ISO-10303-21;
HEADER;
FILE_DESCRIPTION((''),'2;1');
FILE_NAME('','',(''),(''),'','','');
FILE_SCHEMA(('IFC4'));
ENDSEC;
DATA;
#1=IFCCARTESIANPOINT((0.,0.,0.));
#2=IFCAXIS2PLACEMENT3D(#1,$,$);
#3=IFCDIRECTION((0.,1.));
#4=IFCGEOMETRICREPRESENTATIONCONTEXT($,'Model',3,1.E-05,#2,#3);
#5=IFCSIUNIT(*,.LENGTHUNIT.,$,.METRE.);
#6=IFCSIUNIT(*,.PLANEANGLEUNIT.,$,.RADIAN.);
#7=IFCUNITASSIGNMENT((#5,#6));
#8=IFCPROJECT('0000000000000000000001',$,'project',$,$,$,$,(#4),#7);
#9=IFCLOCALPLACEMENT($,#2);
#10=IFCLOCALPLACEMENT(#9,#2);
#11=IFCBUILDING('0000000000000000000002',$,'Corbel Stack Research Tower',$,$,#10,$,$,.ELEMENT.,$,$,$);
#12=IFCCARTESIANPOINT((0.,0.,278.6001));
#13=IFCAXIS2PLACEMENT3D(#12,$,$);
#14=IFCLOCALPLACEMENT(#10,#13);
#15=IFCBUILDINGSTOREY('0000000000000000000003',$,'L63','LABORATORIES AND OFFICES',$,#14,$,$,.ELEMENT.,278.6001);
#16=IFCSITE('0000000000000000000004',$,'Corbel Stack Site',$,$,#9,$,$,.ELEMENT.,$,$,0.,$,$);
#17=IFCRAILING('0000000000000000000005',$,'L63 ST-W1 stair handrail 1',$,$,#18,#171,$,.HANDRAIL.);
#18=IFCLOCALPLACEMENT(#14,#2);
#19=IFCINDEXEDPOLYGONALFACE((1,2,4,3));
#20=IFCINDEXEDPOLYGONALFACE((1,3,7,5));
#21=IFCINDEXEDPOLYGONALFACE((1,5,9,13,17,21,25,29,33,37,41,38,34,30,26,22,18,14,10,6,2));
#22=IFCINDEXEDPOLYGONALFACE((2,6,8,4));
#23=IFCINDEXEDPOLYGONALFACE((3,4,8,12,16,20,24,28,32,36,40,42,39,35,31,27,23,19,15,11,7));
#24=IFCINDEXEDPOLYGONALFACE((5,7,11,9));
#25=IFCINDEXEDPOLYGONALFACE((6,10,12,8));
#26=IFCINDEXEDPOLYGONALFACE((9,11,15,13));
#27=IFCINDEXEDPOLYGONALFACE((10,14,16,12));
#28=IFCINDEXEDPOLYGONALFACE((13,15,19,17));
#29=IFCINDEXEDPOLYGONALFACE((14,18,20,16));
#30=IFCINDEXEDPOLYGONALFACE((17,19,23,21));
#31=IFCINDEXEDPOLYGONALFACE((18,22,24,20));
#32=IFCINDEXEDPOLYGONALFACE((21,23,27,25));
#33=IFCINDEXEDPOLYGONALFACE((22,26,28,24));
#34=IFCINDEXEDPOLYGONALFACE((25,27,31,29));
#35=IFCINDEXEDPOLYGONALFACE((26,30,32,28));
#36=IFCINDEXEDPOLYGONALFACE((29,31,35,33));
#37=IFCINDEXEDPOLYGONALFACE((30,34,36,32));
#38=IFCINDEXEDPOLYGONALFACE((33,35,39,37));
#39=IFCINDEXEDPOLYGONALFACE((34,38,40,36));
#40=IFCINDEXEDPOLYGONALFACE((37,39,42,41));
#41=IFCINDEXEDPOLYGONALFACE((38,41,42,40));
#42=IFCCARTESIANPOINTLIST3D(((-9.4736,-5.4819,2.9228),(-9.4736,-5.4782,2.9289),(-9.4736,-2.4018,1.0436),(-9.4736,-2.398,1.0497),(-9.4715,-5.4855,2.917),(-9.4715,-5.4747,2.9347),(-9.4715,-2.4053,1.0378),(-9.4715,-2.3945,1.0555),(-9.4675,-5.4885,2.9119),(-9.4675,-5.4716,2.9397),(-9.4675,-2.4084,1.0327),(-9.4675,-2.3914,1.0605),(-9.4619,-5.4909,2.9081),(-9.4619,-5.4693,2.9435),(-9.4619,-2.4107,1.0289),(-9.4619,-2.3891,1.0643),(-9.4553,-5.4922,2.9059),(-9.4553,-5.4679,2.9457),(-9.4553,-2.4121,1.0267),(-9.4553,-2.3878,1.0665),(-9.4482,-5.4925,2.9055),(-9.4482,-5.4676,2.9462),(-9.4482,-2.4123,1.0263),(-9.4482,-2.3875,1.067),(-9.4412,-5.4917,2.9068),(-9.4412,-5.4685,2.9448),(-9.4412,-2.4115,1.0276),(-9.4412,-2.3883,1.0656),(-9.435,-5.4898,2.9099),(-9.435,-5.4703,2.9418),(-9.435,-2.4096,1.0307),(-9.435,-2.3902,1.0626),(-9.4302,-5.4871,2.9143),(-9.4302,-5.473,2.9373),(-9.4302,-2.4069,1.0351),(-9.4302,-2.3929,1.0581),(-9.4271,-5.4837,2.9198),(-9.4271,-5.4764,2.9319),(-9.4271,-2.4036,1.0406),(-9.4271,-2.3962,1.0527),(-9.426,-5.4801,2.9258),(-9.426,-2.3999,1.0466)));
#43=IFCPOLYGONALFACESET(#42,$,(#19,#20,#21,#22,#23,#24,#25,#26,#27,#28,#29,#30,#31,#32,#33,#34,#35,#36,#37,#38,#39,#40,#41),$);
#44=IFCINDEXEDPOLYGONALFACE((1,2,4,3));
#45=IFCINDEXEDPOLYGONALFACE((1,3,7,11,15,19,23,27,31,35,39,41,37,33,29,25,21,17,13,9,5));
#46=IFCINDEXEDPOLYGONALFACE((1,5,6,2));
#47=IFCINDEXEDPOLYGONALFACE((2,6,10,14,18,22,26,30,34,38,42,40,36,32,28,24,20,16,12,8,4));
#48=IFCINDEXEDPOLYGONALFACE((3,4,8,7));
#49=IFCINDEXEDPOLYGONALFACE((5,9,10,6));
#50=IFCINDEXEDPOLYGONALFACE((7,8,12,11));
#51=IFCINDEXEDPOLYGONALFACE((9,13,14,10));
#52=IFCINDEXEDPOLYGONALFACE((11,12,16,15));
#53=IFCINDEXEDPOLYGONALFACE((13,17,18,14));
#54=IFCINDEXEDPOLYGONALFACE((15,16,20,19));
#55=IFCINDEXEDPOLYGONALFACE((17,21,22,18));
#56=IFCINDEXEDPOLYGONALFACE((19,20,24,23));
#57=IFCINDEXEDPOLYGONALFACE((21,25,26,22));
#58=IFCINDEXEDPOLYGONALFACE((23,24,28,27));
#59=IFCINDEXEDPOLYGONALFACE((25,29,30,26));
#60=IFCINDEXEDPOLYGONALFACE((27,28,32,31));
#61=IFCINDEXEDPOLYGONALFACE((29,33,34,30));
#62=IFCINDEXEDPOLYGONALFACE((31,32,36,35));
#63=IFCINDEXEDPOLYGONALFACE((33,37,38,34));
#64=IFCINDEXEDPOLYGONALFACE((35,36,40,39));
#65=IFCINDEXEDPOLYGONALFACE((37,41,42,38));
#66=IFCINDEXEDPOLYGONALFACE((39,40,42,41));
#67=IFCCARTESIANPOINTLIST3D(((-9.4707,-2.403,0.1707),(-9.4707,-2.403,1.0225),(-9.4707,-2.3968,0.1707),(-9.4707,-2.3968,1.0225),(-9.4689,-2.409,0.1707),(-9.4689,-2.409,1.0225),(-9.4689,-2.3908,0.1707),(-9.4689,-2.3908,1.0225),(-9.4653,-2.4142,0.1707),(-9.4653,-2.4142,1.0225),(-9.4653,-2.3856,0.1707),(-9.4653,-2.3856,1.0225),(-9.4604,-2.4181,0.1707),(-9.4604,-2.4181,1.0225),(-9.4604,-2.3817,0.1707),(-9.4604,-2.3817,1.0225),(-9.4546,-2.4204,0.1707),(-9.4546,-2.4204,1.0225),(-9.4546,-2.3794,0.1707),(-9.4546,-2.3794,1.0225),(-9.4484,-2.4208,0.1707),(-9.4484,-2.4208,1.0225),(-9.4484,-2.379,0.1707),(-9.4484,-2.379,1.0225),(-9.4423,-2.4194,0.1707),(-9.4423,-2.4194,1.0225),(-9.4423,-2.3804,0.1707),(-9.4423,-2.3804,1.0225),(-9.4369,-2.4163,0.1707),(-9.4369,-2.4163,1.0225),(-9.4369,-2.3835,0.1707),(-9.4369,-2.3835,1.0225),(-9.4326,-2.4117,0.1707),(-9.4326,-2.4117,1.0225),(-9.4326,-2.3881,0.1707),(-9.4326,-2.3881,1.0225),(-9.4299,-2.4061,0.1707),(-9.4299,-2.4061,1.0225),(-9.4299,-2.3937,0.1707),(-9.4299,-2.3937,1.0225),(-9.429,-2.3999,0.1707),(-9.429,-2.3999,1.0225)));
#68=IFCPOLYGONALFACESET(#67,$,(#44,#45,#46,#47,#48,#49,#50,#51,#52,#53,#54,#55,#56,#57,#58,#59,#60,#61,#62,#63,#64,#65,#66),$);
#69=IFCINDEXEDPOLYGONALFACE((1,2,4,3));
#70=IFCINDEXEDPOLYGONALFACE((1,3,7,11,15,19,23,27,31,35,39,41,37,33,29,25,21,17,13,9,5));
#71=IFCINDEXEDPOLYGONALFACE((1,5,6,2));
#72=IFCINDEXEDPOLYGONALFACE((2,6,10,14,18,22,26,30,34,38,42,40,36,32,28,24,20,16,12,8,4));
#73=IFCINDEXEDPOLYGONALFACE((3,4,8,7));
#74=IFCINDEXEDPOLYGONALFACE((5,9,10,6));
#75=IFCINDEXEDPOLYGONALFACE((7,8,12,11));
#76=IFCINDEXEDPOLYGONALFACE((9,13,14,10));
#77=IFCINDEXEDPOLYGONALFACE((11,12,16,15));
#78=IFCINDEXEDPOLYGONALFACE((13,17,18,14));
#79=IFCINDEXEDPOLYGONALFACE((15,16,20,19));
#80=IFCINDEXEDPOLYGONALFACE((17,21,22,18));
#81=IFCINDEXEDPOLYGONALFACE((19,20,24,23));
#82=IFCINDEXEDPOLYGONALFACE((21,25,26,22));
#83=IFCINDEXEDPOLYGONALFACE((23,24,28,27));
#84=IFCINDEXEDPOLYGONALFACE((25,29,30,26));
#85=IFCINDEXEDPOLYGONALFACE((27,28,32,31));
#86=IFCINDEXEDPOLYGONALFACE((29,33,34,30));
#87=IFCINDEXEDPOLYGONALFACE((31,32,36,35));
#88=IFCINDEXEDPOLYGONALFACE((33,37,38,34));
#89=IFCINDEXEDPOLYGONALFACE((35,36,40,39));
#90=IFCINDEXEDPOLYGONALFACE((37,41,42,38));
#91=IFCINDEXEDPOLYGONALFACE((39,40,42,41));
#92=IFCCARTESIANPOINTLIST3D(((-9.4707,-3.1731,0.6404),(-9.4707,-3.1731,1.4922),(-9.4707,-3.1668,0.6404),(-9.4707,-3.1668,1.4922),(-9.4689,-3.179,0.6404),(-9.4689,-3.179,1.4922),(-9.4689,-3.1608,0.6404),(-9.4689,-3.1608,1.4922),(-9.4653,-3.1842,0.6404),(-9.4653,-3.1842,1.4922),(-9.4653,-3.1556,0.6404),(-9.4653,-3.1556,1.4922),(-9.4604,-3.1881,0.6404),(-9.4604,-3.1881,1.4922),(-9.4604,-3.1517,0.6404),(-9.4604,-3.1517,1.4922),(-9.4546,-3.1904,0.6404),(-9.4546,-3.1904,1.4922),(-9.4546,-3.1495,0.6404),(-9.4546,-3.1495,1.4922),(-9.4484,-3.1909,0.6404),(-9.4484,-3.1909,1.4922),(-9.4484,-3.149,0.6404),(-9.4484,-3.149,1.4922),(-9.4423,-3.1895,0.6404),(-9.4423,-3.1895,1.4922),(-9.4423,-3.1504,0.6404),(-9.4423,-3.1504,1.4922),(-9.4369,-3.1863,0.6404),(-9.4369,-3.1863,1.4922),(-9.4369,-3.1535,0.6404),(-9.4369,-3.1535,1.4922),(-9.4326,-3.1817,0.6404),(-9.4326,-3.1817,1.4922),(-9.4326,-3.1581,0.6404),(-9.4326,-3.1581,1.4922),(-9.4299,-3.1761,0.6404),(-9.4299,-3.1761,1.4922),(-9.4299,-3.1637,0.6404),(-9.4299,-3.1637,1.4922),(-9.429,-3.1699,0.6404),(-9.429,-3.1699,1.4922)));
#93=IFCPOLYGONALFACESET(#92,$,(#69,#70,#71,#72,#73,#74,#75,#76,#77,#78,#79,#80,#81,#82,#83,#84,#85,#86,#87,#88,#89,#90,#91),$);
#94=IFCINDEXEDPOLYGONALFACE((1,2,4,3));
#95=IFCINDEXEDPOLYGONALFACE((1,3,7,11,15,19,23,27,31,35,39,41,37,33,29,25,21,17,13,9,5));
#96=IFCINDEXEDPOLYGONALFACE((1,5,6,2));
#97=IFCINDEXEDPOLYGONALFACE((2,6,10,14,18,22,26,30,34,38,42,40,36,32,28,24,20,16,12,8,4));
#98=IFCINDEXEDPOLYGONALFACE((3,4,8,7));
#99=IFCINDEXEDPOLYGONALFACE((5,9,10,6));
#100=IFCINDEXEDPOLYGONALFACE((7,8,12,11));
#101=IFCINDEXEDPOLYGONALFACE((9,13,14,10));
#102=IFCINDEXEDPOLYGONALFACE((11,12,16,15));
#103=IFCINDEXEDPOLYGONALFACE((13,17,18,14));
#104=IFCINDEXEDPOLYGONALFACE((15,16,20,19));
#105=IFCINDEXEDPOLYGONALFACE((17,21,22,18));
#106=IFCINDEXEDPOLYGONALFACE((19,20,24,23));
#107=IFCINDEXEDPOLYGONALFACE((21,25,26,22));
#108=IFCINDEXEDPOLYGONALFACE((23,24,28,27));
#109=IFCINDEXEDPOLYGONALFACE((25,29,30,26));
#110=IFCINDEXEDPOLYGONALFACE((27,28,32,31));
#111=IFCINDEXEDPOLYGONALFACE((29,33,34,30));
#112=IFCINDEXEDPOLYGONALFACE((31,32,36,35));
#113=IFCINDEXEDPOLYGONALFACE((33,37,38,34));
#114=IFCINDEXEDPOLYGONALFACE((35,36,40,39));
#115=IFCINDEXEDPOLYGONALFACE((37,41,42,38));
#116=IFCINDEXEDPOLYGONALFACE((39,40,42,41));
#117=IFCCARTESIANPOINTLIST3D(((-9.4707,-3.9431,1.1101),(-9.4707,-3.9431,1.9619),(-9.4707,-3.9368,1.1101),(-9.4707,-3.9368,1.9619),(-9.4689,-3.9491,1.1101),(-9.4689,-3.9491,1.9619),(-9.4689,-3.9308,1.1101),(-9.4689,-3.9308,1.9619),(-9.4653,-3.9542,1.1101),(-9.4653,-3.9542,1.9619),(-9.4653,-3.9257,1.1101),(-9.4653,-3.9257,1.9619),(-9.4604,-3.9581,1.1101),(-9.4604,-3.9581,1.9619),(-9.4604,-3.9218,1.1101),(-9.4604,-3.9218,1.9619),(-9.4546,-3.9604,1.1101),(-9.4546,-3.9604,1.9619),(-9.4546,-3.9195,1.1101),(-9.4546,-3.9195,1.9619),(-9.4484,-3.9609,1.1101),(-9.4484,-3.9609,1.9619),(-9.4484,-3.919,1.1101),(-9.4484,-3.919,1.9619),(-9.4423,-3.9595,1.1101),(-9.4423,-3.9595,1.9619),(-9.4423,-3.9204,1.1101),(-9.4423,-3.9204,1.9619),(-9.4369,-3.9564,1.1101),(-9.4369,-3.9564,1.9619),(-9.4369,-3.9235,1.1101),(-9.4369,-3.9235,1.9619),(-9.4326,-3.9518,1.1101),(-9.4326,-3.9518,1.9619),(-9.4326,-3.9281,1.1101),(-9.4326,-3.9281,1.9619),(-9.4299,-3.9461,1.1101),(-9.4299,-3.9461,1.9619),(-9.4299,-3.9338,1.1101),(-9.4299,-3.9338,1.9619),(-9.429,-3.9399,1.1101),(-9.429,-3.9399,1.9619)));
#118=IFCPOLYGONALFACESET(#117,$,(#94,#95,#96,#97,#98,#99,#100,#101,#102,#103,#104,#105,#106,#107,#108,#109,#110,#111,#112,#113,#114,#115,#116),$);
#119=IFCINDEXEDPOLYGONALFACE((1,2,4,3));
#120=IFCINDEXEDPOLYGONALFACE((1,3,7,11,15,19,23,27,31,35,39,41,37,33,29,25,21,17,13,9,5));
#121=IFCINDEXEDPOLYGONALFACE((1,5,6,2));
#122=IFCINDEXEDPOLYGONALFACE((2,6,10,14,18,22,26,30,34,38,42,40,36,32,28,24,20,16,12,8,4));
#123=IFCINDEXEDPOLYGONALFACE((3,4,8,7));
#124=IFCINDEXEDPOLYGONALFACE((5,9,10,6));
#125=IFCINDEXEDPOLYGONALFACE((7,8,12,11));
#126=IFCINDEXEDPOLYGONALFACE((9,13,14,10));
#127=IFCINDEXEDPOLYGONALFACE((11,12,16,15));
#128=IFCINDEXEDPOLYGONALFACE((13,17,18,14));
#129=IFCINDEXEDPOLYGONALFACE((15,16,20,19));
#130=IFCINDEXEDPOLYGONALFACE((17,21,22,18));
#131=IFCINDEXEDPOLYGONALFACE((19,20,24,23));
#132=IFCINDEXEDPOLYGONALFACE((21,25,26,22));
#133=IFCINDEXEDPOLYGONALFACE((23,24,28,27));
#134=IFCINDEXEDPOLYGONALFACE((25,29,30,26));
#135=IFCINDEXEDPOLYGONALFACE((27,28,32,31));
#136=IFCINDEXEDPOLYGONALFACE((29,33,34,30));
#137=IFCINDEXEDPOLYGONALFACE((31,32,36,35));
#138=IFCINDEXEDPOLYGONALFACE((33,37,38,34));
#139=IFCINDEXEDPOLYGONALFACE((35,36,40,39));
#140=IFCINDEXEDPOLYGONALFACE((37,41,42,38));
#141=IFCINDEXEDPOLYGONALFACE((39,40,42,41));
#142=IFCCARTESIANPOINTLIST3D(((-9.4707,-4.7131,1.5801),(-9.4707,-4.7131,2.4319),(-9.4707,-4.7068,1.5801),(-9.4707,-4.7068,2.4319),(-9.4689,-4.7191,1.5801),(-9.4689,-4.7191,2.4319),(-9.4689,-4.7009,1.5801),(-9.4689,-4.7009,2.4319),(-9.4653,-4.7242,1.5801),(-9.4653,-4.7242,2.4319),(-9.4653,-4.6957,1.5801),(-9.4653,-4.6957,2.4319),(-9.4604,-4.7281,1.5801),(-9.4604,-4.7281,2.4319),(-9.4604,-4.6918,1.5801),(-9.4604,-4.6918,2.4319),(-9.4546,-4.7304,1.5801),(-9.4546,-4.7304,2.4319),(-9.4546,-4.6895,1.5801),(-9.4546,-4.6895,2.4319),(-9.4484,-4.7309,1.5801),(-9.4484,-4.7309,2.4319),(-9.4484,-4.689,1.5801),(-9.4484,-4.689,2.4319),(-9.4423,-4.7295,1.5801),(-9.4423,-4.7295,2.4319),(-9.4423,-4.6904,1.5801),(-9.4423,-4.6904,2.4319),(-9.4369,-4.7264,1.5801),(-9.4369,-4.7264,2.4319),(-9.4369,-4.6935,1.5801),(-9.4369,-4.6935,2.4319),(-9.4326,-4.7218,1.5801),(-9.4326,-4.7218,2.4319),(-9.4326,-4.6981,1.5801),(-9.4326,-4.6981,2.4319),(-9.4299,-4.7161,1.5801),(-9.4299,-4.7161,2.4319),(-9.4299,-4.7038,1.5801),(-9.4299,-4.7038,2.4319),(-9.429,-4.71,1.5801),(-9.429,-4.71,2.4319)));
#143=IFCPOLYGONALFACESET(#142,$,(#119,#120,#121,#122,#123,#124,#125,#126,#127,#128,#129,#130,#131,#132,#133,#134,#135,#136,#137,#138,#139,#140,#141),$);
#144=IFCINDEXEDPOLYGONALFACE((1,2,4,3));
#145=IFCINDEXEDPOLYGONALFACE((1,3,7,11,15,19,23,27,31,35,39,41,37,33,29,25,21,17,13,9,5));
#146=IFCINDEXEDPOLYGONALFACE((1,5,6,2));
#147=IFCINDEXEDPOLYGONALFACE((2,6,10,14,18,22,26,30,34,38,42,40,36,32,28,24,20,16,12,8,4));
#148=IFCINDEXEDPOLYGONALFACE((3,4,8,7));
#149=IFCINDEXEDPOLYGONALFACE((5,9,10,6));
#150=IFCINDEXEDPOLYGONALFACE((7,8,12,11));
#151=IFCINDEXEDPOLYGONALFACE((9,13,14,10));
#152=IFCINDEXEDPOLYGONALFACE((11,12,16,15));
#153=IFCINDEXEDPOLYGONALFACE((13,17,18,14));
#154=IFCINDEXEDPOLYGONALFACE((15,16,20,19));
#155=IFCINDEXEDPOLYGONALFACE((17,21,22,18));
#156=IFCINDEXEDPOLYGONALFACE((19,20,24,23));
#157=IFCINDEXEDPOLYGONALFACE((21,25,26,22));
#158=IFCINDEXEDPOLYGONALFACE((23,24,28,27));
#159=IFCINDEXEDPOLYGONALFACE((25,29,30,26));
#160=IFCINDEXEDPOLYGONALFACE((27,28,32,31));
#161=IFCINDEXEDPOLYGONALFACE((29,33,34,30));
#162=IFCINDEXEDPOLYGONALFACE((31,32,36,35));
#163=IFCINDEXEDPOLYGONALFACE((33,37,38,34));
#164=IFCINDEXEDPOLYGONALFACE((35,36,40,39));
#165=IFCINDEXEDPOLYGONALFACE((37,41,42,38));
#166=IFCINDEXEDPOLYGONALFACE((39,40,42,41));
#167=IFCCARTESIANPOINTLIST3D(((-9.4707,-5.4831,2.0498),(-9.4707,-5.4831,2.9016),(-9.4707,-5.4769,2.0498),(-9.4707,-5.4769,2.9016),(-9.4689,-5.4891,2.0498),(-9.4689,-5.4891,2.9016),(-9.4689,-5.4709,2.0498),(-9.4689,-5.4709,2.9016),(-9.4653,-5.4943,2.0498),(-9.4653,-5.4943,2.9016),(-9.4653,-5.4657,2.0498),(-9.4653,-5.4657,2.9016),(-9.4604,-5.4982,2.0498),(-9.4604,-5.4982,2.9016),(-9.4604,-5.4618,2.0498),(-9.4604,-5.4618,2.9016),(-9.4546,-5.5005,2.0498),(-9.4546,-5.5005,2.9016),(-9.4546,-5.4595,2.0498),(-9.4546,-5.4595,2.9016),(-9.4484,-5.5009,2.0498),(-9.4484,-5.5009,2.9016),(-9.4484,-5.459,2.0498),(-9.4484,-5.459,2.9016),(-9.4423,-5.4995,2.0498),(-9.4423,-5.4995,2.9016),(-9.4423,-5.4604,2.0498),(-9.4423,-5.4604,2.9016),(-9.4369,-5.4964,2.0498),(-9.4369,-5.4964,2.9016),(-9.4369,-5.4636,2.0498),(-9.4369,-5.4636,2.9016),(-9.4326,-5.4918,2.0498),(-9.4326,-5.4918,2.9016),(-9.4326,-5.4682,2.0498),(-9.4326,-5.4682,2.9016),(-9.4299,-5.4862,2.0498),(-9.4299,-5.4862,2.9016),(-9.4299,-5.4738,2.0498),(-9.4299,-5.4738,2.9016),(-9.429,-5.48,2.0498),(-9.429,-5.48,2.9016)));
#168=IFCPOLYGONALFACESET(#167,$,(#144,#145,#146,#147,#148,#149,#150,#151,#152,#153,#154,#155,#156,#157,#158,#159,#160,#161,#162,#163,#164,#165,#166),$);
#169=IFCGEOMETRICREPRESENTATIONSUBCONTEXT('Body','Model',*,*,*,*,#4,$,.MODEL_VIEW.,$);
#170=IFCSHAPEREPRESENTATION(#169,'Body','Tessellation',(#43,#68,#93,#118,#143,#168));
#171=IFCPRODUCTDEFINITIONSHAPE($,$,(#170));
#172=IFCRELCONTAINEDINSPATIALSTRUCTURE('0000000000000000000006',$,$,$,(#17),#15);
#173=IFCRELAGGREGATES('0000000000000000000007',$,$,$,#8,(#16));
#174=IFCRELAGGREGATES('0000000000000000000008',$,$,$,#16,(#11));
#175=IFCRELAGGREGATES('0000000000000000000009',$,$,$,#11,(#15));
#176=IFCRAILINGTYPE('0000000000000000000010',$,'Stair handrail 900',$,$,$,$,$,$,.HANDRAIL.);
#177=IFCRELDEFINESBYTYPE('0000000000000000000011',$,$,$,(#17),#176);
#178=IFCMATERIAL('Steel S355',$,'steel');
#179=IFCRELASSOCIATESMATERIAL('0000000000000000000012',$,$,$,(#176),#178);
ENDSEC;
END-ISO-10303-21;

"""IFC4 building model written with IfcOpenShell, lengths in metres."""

from ifc_helpers import new_model, si_unit, direction, frame, origin, origin_2d, place, context, subcontext, project, spatial, circle, extrude, material, type_object, element, save


model = new_model("IFC4")

# Units and contexts
model_context = context("Model", 3, precision=1e-05, world=origin(), true_north=direction((0.0, 1.0)))
body_context = subcontext(model_context, "Body", "Model", "MODEL_VIEW")
ifc_project = project(units=[si_unit("LENGTHUNIT", "METRE"), si_unit("PLANEANGLEUNIT", "RADIAN")], contexts=[model_context])

# Site, building, storey
site_placement = place(None, origin())
site = spatial("IfcSite", under=ifc_project, at=site_placement, Name="Corbel Stack Site", CompositionType="ELEMENT", RefElevation=0.0)
building_placement = place(site_placement, origin())
building = spatial("IfcBuilding", under=site, at=building_placement, Name="Corbel Stack Research Tower", CompositionType="ELEMENT")
storey_placement = place(building_placement, frame((0.0, 0.0, 278.6001)))
storey = spatial("IfcBuildingStorey", under=building, at=storey_placement, Name="L63", Description="LABORATORIES AND OFFICES", CompositionType="ELEMENT", Elevation=278.6001)

# Railing
ifc_material_1 = material(Name="Steel S355", Category="steel")
railing_type_1 = type_object("IfcRailingType", Name="Stair handrail 900", PredefinedType="HANDRAIL", material=ifc_material_1)
railing_placement = place(storey_placement, frame((-9.45, -2.3999, 0.1707)))
element("IfcRailing", 1, at=railing_placement, inside=storey, type_object=railing_type_1, Name="L63 ST-W1 stair handrail 1", PredefinedType="HANDRAIL", context=body_context, shape_type="SweptSolid", body=[
    extrude(circle(Radius=0.0239, at=origin_2d()), frame((0.0, 0.0, 0.876), z_axis=(0.0, -0.853666, 0.52082), x_axis=(1.0, 0.0, 0.0)), (0.0, 0.0, 1.0), 3.6082),
    extrude(circle(Radius=0.021, at=origin_2d()), origin(), (0.0, 0.0, 1.0), 0.8518),
    extrude(circle(Radius=0.021, at=origin_2d()), frame((0.0, -0.77, 0.4697)), (0.0, 0.0, 1.0), 0.8518),
    extrude(circle(Radius=0.021, at=origin_2d()), frame((0.0, -1.54, 0.9395)), (0.0, 0.0, 1.0), 0.8518),
    extrude(circle(Radius=0.021, at=origin_2d()), frame((0.0, -2.3101, 1.4094)), (0.0, 0.0, 1.0), 0.8518),
    extrude(circle(Radius=0.021, at=origin_2d()), frame((0.0, -3.0801, 1.8792)), (0.0, 0.0, 1.0), 0.8518),
])

save(model, "model.ifc")
